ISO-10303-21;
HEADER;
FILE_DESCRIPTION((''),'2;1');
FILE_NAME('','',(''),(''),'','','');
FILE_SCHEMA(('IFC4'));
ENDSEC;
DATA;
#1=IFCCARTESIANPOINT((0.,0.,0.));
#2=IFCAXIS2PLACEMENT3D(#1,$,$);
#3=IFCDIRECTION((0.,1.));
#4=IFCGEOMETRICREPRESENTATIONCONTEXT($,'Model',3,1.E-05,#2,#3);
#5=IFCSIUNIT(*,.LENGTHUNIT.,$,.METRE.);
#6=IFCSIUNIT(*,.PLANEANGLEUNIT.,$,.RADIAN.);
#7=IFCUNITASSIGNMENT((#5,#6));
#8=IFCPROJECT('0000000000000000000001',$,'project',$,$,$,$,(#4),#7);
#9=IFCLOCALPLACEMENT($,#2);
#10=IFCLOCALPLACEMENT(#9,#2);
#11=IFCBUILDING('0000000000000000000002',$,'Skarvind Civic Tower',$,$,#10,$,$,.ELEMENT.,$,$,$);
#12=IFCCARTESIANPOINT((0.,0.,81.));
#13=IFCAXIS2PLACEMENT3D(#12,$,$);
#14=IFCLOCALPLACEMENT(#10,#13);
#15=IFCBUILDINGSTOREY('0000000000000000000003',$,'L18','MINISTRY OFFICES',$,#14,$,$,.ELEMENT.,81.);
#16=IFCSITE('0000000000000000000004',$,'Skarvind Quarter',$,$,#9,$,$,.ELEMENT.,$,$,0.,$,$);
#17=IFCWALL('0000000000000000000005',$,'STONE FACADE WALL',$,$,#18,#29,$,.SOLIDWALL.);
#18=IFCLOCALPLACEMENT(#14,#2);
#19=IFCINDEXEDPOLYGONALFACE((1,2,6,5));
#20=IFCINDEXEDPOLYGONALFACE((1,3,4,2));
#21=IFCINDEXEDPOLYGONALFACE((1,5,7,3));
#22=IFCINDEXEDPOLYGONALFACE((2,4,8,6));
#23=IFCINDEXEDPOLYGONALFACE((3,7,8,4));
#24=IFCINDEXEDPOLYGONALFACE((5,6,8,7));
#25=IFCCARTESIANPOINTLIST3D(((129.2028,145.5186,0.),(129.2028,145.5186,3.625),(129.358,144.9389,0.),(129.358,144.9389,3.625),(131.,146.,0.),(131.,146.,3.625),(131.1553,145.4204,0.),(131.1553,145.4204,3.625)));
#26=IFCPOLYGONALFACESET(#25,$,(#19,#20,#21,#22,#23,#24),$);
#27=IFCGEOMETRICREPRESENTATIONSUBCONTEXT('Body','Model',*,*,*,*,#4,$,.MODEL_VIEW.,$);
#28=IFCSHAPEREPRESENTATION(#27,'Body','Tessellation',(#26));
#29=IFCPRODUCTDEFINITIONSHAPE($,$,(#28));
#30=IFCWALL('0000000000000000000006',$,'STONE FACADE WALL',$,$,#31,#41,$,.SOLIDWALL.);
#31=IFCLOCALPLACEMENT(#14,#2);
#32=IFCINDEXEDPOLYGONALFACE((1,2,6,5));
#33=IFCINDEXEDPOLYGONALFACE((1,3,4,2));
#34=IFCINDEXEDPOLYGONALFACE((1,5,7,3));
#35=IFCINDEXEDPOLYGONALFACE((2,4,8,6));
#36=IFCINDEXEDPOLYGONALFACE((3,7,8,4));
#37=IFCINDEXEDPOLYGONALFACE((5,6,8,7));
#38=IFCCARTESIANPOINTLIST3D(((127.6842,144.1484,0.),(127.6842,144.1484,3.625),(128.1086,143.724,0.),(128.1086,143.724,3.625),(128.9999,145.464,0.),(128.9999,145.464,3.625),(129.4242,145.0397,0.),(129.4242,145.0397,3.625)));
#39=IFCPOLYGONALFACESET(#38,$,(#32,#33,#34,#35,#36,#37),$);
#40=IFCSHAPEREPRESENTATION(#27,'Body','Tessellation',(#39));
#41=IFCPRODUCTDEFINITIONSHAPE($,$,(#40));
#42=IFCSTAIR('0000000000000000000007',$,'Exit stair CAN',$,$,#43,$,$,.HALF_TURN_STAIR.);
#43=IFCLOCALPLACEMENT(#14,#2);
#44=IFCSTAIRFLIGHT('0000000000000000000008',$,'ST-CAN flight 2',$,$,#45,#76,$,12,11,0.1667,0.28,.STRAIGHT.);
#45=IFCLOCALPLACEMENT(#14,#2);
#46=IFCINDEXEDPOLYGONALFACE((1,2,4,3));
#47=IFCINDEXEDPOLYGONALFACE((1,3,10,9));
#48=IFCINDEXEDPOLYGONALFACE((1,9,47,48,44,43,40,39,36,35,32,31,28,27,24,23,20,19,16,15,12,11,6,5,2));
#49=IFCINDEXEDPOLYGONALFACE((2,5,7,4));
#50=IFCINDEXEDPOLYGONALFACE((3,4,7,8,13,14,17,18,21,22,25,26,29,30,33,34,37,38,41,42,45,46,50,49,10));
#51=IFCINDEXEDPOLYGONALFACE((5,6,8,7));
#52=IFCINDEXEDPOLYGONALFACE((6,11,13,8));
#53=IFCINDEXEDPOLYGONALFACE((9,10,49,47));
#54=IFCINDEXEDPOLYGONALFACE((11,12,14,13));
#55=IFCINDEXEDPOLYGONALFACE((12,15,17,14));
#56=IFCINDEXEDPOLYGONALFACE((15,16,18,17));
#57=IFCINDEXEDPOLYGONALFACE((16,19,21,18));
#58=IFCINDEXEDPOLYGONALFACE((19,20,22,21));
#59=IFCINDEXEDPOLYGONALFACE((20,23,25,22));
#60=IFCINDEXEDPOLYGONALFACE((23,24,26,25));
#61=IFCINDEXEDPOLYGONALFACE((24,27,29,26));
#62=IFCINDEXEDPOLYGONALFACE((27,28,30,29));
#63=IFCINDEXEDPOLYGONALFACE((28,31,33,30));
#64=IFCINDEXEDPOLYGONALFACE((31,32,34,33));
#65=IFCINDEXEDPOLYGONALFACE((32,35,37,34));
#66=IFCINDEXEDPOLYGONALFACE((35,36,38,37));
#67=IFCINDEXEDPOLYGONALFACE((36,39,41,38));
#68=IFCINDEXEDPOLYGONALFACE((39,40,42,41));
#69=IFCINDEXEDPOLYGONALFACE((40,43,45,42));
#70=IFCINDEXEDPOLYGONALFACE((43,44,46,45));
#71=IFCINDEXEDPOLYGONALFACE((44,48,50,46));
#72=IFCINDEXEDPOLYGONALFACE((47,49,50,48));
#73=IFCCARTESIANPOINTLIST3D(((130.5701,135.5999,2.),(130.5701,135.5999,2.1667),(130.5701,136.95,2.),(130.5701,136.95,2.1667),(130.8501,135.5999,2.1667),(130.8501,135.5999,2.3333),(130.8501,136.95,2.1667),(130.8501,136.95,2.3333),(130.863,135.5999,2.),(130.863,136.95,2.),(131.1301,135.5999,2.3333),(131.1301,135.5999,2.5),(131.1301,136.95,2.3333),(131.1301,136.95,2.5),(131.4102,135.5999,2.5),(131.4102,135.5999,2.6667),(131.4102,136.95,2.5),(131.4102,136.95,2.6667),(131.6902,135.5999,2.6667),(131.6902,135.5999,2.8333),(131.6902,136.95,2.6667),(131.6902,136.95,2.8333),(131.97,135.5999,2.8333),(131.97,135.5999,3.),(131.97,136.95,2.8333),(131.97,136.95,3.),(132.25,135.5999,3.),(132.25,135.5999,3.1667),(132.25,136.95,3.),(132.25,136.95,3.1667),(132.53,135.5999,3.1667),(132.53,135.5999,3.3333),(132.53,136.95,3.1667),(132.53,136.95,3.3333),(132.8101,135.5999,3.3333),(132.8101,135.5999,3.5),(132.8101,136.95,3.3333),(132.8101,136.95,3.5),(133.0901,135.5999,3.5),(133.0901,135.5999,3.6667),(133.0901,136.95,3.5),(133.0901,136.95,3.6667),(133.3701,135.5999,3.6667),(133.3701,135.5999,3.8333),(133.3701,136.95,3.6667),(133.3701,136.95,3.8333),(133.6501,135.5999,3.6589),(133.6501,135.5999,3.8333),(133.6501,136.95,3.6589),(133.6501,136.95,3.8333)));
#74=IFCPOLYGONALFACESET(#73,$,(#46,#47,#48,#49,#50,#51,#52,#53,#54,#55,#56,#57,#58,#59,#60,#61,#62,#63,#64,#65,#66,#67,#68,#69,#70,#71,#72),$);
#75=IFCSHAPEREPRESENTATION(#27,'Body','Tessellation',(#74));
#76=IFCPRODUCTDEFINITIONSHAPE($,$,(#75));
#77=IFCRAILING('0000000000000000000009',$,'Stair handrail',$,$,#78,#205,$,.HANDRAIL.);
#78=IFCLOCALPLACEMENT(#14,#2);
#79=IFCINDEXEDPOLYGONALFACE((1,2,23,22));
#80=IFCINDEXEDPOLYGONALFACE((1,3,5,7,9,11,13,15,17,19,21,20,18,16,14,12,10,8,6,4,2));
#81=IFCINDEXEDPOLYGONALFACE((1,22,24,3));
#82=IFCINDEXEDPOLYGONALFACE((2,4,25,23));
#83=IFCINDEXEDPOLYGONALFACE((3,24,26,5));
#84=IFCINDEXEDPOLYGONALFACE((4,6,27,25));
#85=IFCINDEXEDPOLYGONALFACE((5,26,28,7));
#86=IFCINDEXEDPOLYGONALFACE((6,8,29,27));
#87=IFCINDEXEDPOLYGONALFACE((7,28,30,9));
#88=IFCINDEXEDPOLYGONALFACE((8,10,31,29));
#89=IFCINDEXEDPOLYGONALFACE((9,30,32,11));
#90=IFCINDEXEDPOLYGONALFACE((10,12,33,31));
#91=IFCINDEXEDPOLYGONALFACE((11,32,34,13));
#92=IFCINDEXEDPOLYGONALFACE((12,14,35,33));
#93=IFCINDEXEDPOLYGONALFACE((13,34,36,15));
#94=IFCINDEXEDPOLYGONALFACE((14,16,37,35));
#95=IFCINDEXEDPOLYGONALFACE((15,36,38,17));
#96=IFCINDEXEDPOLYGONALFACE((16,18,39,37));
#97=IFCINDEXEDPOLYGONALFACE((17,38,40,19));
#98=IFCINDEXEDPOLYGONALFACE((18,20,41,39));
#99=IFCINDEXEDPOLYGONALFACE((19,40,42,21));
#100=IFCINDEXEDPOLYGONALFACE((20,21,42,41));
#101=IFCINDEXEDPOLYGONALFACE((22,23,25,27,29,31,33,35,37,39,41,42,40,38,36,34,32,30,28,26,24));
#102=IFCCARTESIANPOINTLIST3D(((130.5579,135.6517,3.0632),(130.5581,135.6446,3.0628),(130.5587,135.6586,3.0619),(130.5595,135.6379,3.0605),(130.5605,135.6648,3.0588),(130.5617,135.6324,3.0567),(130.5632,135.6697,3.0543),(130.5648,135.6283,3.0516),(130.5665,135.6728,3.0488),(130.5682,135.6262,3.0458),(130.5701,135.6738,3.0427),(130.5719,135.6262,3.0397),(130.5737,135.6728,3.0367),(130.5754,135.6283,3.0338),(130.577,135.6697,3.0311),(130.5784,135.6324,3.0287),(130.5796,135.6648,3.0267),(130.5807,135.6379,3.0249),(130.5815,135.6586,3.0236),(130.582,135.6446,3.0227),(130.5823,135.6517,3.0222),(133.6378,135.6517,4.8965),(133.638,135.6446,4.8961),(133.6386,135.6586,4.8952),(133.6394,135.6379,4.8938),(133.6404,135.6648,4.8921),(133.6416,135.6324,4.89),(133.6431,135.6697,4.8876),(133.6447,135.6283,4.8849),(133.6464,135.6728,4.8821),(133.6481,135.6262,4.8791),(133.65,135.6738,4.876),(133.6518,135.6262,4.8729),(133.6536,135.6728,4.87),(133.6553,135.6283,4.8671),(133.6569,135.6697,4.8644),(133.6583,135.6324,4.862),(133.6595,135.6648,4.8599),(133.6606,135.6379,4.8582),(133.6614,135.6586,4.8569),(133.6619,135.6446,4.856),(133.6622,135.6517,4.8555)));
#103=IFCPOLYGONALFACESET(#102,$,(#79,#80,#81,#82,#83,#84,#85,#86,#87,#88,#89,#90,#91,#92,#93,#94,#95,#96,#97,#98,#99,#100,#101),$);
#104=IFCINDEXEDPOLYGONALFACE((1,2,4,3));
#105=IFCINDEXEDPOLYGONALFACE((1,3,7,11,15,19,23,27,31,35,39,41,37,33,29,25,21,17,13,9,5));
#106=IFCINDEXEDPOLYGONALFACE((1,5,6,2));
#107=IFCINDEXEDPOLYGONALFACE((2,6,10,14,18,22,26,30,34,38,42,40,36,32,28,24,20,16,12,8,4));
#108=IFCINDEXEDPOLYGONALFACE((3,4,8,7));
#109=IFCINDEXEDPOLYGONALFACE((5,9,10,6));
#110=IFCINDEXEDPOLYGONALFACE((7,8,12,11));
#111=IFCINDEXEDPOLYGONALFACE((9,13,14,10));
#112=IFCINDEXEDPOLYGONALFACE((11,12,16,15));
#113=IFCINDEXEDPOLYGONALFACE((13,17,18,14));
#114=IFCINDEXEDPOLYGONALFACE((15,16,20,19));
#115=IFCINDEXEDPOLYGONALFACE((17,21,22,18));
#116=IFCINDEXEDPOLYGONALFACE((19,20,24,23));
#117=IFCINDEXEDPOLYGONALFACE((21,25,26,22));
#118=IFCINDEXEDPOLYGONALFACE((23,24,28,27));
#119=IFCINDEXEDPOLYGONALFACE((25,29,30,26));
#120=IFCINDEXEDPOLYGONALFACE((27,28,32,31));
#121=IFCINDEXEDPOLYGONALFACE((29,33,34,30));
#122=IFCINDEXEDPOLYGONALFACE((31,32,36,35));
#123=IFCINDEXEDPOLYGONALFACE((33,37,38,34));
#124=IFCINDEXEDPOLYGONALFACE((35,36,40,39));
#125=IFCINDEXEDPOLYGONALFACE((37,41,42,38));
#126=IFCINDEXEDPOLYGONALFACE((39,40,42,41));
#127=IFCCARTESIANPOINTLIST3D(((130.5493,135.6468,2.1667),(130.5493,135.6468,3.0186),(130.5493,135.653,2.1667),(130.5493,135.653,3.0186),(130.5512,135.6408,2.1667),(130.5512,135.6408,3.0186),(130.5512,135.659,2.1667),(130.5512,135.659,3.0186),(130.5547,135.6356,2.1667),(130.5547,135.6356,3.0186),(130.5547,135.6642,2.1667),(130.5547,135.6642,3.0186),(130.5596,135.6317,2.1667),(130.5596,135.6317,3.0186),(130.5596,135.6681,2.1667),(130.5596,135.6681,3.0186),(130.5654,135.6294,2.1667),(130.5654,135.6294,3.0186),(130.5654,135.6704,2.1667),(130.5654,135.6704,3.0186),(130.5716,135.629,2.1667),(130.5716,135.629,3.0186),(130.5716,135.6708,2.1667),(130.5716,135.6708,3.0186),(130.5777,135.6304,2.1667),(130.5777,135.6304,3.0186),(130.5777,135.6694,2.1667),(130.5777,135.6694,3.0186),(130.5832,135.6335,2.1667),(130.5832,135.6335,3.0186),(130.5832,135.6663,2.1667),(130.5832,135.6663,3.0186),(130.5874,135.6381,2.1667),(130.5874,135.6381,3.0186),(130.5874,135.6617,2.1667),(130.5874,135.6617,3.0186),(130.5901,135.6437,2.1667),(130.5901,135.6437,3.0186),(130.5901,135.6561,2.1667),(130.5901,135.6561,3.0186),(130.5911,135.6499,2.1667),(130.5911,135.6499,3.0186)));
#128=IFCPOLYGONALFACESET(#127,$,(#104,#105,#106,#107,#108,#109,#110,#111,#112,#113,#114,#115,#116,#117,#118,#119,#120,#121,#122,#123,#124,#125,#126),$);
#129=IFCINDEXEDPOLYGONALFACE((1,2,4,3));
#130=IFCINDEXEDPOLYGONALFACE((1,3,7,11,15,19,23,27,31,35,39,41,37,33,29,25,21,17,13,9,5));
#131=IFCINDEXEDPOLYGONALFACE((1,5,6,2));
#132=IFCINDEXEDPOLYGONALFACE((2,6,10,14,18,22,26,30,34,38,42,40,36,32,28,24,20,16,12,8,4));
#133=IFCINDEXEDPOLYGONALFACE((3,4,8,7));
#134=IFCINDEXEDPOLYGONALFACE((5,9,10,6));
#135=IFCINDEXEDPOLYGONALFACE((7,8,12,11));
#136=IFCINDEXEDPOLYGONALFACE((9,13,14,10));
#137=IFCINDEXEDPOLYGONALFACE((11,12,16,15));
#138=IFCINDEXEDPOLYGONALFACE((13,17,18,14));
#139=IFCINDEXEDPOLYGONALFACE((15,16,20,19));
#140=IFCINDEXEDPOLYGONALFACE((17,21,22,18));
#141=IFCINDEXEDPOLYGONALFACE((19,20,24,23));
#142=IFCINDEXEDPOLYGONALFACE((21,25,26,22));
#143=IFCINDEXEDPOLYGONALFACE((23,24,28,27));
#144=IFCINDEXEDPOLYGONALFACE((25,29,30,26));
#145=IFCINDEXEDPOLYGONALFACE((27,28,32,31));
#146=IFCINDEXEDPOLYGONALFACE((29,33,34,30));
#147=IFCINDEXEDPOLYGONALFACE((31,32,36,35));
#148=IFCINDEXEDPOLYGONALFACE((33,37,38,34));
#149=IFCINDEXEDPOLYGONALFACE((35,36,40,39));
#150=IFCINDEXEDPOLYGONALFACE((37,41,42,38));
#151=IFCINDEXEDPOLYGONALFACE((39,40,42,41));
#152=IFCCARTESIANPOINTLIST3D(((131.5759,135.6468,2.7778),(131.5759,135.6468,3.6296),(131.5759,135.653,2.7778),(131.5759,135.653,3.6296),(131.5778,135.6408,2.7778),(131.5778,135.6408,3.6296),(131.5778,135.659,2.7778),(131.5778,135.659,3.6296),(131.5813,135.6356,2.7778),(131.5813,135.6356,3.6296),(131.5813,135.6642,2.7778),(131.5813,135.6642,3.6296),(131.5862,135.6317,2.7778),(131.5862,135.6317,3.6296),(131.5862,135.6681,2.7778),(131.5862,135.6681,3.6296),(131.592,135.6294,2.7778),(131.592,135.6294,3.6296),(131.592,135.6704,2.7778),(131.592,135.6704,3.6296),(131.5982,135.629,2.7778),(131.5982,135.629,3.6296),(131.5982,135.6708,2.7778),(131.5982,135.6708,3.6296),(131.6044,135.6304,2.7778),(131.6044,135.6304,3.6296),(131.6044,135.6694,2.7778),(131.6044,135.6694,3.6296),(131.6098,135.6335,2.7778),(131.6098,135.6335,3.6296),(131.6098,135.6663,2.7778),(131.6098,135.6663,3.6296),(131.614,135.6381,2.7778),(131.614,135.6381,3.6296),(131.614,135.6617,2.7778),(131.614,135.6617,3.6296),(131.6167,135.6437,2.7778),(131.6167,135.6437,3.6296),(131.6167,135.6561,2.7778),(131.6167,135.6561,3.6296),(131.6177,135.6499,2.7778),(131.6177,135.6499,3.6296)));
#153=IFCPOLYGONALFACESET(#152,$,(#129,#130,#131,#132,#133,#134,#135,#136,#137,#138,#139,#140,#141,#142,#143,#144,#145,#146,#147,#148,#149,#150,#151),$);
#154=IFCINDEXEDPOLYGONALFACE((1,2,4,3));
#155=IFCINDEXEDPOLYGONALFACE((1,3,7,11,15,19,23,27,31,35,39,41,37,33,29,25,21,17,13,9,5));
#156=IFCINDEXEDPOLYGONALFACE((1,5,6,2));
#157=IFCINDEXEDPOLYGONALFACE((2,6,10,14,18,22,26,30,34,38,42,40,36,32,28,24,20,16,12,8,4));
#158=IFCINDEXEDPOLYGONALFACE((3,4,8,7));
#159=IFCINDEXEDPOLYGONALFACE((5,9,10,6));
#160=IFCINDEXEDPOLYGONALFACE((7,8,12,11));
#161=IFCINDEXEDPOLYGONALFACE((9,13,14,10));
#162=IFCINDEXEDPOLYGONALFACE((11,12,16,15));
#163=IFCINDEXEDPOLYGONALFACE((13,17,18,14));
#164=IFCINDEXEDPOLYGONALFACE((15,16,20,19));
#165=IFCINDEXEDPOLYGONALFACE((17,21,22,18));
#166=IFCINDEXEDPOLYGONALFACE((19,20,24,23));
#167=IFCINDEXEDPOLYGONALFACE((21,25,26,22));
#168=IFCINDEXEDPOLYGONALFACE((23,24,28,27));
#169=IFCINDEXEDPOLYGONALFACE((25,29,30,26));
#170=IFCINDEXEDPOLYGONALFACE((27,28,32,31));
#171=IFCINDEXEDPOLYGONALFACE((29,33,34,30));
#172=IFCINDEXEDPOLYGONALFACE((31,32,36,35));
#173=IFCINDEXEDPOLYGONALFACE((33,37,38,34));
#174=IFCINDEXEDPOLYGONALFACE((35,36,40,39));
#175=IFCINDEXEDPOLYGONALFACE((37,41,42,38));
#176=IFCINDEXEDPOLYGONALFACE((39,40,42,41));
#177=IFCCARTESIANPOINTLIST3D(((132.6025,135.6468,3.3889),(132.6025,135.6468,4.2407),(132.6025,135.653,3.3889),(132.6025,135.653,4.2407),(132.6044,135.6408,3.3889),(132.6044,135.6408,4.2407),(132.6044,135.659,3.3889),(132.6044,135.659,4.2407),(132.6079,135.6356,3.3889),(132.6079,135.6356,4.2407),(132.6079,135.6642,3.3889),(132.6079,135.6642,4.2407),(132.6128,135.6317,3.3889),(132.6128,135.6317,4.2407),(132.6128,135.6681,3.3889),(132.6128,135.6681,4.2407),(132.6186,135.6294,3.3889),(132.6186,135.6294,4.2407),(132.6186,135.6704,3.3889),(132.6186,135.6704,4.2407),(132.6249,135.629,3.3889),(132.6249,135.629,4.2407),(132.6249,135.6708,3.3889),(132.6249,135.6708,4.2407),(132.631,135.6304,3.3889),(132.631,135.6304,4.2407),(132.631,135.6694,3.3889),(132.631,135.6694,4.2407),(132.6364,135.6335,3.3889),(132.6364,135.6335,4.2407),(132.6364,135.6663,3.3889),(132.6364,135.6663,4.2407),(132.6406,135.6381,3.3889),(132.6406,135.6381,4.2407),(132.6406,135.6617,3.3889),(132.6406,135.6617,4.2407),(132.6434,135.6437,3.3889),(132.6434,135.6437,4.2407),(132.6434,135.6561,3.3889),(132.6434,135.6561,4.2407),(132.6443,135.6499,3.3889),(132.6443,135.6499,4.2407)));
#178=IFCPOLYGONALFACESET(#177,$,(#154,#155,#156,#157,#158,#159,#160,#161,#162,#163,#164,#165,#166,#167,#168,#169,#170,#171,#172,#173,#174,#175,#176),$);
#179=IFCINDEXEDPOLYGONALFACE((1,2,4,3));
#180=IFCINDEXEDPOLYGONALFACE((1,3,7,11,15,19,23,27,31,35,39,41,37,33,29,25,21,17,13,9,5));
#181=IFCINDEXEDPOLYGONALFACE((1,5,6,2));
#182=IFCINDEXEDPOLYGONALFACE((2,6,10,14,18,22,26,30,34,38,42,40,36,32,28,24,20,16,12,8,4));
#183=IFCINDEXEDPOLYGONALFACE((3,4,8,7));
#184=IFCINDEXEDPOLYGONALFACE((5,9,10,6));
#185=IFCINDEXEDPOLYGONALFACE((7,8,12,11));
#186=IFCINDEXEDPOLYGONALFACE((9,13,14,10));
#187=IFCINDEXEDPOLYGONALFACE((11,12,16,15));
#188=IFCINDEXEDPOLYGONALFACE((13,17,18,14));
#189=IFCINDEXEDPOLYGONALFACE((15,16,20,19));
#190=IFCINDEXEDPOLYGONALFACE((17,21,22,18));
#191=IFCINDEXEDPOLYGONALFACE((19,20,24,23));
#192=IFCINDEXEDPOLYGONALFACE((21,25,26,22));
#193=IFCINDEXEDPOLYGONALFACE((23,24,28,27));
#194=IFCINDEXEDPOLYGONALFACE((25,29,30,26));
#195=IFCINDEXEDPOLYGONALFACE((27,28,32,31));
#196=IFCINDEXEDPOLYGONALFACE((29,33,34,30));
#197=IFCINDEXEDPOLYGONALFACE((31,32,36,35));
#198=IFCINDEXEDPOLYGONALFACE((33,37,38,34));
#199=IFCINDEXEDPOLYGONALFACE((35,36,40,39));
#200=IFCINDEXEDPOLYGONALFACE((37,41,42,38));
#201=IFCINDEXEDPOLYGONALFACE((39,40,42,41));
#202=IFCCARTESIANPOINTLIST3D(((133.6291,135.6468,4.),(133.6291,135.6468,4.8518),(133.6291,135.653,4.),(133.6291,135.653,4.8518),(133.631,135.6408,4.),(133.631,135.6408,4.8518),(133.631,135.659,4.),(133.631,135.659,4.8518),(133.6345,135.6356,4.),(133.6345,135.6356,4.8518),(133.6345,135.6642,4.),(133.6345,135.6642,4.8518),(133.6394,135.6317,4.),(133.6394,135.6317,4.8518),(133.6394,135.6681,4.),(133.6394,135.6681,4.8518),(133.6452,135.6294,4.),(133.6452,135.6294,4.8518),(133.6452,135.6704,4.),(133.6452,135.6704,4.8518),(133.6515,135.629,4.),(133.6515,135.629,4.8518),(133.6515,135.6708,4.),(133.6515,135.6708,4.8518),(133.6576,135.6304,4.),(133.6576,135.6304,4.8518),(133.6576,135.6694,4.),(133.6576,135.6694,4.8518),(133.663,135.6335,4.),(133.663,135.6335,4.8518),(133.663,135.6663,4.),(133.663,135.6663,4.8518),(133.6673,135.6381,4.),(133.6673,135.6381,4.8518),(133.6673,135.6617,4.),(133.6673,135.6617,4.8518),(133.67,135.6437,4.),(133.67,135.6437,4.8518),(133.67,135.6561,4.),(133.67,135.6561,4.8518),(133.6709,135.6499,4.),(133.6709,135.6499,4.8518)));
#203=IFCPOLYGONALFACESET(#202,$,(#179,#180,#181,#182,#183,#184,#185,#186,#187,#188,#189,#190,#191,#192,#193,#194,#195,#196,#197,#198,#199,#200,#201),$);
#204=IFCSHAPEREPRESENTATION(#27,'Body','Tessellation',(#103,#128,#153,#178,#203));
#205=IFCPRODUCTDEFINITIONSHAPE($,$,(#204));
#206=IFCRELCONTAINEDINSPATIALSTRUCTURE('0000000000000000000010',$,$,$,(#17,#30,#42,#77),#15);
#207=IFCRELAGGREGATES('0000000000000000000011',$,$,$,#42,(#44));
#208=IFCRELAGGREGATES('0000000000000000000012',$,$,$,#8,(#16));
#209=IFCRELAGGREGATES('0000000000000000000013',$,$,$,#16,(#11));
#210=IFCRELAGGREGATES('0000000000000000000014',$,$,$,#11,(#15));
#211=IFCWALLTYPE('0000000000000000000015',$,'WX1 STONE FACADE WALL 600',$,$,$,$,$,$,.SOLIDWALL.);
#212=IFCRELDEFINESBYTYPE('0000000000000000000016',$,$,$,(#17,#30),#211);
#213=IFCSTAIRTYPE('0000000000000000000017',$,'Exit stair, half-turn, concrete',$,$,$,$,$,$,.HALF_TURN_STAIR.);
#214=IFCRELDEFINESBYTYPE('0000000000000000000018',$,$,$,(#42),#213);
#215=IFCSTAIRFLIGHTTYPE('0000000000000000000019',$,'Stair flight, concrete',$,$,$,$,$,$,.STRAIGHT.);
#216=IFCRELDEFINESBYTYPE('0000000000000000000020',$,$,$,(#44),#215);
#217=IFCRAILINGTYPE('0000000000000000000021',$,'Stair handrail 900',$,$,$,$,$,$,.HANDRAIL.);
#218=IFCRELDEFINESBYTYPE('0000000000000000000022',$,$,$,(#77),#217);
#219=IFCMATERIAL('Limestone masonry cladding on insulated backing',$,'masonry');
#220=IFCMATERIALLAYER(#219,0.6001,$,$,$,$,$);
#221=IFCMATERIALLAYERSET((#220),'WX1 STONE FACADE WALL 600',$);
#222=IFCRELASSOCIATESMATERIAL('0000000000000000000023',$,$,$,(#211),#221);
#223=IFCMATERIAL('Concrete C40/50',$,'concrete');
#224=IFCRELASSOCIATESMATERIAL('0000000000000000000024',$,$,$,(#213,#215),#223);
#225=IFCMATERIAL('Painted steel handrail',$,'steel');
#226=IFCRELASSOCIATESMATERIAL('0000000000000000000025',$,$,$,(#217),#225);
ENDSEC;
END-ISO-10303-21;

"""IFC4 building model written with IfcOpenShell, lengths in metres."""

from ifc_helpers import new_model, si_unit, direction, frame, frame_2d, origin, origin_2d, place, context, subcontext, project, spatial, polyline, rectangle, circle, outline, extrude, material, layer, layer_set, type_object, element, aggregate, save


model = new_model("IFC4")

# Units and contexts
model_context = context("Model", 3, precision=1e-05, world=origin(), true_north=direction((0.0, 1.0)))
body_context = subcontext(model_context, "Body", "Model", "MODEL_VIEW")
ifc_project = project(units=[si_unit("LENGTHUNIT", "METRE"), si_unit("PLANEANGLEUNIT", "RADIAN")], contexts=[model_context])

# Site, building, storey
site_placement = place(None, origin())
site = spatial("IfcSite", under=ifc_project, at=site_placement, Name="Skarvind Quarter", CompositionType="ELEMENT", RefElevation=0.0)
building_placement = place(site_placement, origin())
building = spatial("IfcBuilding", under=site, at=building_placement, Name="Skarvind Civic Tower", CompositionType="ELEMENT")
storey_placement = place(building_placement, frame((0.0, 0.0, 81.0)))
storey = spatial("IfcBuildingStorey", under=building, at=storey_placement, Name="L18", Description="MINISTRY OFFICES", CompositionType="ELEMENT", Elevation=81.0)

# Shared definitions
ifc_material_1 = material(Name="Limestone masonry cladding on insulated backing", Category="masonry")
ifc_layer_1 = layer(ifc_material_1, 0.6001)
ifc_layer_set_1 = layer_set([ifc_layer_1], Name="WX1 STONE FACADE WALL 600")
wall_type_1 = type_object("IfcWallType", Name="WX1 STONE FACADE WALL 600", PredefinedType="SOLIDWALL", material=ifc_layer_set_1)

# Walls
for number, where, z_axis, x_axis, name in (
    (1, (129.2805, 145.2288, 0.0), (0.0, 0.0, 1.0), (0.965938, 0.258773, 0.0), "STONE FACADE WALL"),
    (2, (127.8965, 143.9363, 0.0), (0.0, 0.0, 1.0), (0.707107, 0.707107, 0.0), "STONE FACADE WALL"),
):
    element("IfcWall", number, at=place(storey_placement, frame(where, z_axis=z_axis, x_axis=x_axis)), inside=storey, type_object=wall_type_1, Name=name, PredefinedType="SOLIDWALL", context=body_context, shape_type="SweptSolid", body=[
        extrude(rectangle(XDim=1.8606, YDim=0.6001, at=frame_2d((0.9302, 0.0))), origin(), (0.0, 0.0, 1.0), 3.625),
    ])

# Stair, stair flight
ifc_material_2 = material(Name="Concrete C40/50", Category="concrete")
stair_type = type_object("IfcStairType", Name="Exit stair, half-turn, concrete", PredefinedType="HALF_TURN_STAIR", material=ifc_material_2)
stair_placement = place(storey_placement, origin())
stair = element("IfcStair", 3, at=stair_placement, inside=storey, type_object=stair_type, Name="Exit stair CAN", PredefinedType="HALF_TURN_STAIR")
stair_flight_type = type_object("IfcStairFlightType", Name="Stair flight, concrete", PredefinedType="STRAIGHT", material=ifc_material_2)
stair_flight_placement = place(storey_placement, frame((130.5701, 136.2749, 2.0), z_axis=(0.0, 0.0, 1.0), x_axis=(1.0, 0.0, 0.0)))
stair_flight = element("IfcStairFlight", 4, at=stair_flight_placement, type_object=stair_flight_type, Name="ST-CAN flight 2", NumberOfRisers=12, NumberOfTreads=11, PredefinedType="STRAIGHT", RiserHeight=0.1667, TreadLength=0.28, context=body_context, shape_type="SweptSolid", body=[
    extrude(outline(polyline([(0.0, 0.0), (0.0, 0.1667), (0.28, 0.1667), (0.28, 0.3333), (0.5601, 0.3333), (0.5601, 0.5), (0.8401, 0.5), (0.8401, 0.6667), (1.1201, 0.6667), (1.1201, 0.8333), (1.3999, 0.8333), (1.3999, 1.0), (1.6799, 1.0), (1.6799, 1.1667), (1.96, 1.1667), (1.96, 1.3333), (2.24, 1.3333), (2.24, 1.5), (2.52, 1.5), (2.52, 1.6667), (2.8, 1.6667), (2.8, 1.8333), (3.0801, 1.8333), (3.0801, 2.0), (3.0801, 1.6589), (0.293, 0.0), (0.0, 0.0)])), frame((0.0, 0.675, 0.0), z_axis=(0.0, -1.0, 0.0), x_axis=(1.0, 0.0, 0.0)), (0.0, 0.0, 1.0), 1.3501),
])
aggregate(stair, [stair_flight])

# Railing
ifc_material_3 = material(Name="Painted steel handrail", Category="steel")
railing_type = type_object("IfcRailingType", Name="Stair handrail 900", PredefinedType="HANDRAIL", material=ifc_material_3)
railing_placement = place(storey_placement, frame((130.5701, 135.6499, 2.1667)))
element("IfcRailing", 5, at=railing_placement, inside=storey, type_object=railing_type, Name="Stair handrail", PredefinedType="HANDRAIL", context=body_context, shape_type="SweptSolid", body=[
    extrude(circle(Radius=0.0239, at=origin_2d()), frame((0.0, 0.0, 0.876), z_axis=(0.859291, 0.0, 0.511487), x_axis=(0.0, 1.0, 0.0)), (0.0, 0.0, 1.0), 3.5842),
    extrude(circle(Radius=0.021, at=origin_2d()), origin(), (0.0, 0.0, 1.0), 0.8518),
    extrude(circle(Radius=0.021, at=origin_2d()), frame((1.0266, 0.0, 0.6111)), (0.0, 0.0, 1.0), 0.8518),
    extrude(circle(Radius=0.021, at=origin_2d()), frame((2.0532, 0.0, 1.2222)), (0.0, 0.0, 1.0), 0.8518),
    extrude(circle(Radius=0.021, at=origin_2d()), frame((3.0798, 0.0, 1.8333)), (0.0, 0.0, 1.0), 0.8518),
])

save(model, "model.ifc")
